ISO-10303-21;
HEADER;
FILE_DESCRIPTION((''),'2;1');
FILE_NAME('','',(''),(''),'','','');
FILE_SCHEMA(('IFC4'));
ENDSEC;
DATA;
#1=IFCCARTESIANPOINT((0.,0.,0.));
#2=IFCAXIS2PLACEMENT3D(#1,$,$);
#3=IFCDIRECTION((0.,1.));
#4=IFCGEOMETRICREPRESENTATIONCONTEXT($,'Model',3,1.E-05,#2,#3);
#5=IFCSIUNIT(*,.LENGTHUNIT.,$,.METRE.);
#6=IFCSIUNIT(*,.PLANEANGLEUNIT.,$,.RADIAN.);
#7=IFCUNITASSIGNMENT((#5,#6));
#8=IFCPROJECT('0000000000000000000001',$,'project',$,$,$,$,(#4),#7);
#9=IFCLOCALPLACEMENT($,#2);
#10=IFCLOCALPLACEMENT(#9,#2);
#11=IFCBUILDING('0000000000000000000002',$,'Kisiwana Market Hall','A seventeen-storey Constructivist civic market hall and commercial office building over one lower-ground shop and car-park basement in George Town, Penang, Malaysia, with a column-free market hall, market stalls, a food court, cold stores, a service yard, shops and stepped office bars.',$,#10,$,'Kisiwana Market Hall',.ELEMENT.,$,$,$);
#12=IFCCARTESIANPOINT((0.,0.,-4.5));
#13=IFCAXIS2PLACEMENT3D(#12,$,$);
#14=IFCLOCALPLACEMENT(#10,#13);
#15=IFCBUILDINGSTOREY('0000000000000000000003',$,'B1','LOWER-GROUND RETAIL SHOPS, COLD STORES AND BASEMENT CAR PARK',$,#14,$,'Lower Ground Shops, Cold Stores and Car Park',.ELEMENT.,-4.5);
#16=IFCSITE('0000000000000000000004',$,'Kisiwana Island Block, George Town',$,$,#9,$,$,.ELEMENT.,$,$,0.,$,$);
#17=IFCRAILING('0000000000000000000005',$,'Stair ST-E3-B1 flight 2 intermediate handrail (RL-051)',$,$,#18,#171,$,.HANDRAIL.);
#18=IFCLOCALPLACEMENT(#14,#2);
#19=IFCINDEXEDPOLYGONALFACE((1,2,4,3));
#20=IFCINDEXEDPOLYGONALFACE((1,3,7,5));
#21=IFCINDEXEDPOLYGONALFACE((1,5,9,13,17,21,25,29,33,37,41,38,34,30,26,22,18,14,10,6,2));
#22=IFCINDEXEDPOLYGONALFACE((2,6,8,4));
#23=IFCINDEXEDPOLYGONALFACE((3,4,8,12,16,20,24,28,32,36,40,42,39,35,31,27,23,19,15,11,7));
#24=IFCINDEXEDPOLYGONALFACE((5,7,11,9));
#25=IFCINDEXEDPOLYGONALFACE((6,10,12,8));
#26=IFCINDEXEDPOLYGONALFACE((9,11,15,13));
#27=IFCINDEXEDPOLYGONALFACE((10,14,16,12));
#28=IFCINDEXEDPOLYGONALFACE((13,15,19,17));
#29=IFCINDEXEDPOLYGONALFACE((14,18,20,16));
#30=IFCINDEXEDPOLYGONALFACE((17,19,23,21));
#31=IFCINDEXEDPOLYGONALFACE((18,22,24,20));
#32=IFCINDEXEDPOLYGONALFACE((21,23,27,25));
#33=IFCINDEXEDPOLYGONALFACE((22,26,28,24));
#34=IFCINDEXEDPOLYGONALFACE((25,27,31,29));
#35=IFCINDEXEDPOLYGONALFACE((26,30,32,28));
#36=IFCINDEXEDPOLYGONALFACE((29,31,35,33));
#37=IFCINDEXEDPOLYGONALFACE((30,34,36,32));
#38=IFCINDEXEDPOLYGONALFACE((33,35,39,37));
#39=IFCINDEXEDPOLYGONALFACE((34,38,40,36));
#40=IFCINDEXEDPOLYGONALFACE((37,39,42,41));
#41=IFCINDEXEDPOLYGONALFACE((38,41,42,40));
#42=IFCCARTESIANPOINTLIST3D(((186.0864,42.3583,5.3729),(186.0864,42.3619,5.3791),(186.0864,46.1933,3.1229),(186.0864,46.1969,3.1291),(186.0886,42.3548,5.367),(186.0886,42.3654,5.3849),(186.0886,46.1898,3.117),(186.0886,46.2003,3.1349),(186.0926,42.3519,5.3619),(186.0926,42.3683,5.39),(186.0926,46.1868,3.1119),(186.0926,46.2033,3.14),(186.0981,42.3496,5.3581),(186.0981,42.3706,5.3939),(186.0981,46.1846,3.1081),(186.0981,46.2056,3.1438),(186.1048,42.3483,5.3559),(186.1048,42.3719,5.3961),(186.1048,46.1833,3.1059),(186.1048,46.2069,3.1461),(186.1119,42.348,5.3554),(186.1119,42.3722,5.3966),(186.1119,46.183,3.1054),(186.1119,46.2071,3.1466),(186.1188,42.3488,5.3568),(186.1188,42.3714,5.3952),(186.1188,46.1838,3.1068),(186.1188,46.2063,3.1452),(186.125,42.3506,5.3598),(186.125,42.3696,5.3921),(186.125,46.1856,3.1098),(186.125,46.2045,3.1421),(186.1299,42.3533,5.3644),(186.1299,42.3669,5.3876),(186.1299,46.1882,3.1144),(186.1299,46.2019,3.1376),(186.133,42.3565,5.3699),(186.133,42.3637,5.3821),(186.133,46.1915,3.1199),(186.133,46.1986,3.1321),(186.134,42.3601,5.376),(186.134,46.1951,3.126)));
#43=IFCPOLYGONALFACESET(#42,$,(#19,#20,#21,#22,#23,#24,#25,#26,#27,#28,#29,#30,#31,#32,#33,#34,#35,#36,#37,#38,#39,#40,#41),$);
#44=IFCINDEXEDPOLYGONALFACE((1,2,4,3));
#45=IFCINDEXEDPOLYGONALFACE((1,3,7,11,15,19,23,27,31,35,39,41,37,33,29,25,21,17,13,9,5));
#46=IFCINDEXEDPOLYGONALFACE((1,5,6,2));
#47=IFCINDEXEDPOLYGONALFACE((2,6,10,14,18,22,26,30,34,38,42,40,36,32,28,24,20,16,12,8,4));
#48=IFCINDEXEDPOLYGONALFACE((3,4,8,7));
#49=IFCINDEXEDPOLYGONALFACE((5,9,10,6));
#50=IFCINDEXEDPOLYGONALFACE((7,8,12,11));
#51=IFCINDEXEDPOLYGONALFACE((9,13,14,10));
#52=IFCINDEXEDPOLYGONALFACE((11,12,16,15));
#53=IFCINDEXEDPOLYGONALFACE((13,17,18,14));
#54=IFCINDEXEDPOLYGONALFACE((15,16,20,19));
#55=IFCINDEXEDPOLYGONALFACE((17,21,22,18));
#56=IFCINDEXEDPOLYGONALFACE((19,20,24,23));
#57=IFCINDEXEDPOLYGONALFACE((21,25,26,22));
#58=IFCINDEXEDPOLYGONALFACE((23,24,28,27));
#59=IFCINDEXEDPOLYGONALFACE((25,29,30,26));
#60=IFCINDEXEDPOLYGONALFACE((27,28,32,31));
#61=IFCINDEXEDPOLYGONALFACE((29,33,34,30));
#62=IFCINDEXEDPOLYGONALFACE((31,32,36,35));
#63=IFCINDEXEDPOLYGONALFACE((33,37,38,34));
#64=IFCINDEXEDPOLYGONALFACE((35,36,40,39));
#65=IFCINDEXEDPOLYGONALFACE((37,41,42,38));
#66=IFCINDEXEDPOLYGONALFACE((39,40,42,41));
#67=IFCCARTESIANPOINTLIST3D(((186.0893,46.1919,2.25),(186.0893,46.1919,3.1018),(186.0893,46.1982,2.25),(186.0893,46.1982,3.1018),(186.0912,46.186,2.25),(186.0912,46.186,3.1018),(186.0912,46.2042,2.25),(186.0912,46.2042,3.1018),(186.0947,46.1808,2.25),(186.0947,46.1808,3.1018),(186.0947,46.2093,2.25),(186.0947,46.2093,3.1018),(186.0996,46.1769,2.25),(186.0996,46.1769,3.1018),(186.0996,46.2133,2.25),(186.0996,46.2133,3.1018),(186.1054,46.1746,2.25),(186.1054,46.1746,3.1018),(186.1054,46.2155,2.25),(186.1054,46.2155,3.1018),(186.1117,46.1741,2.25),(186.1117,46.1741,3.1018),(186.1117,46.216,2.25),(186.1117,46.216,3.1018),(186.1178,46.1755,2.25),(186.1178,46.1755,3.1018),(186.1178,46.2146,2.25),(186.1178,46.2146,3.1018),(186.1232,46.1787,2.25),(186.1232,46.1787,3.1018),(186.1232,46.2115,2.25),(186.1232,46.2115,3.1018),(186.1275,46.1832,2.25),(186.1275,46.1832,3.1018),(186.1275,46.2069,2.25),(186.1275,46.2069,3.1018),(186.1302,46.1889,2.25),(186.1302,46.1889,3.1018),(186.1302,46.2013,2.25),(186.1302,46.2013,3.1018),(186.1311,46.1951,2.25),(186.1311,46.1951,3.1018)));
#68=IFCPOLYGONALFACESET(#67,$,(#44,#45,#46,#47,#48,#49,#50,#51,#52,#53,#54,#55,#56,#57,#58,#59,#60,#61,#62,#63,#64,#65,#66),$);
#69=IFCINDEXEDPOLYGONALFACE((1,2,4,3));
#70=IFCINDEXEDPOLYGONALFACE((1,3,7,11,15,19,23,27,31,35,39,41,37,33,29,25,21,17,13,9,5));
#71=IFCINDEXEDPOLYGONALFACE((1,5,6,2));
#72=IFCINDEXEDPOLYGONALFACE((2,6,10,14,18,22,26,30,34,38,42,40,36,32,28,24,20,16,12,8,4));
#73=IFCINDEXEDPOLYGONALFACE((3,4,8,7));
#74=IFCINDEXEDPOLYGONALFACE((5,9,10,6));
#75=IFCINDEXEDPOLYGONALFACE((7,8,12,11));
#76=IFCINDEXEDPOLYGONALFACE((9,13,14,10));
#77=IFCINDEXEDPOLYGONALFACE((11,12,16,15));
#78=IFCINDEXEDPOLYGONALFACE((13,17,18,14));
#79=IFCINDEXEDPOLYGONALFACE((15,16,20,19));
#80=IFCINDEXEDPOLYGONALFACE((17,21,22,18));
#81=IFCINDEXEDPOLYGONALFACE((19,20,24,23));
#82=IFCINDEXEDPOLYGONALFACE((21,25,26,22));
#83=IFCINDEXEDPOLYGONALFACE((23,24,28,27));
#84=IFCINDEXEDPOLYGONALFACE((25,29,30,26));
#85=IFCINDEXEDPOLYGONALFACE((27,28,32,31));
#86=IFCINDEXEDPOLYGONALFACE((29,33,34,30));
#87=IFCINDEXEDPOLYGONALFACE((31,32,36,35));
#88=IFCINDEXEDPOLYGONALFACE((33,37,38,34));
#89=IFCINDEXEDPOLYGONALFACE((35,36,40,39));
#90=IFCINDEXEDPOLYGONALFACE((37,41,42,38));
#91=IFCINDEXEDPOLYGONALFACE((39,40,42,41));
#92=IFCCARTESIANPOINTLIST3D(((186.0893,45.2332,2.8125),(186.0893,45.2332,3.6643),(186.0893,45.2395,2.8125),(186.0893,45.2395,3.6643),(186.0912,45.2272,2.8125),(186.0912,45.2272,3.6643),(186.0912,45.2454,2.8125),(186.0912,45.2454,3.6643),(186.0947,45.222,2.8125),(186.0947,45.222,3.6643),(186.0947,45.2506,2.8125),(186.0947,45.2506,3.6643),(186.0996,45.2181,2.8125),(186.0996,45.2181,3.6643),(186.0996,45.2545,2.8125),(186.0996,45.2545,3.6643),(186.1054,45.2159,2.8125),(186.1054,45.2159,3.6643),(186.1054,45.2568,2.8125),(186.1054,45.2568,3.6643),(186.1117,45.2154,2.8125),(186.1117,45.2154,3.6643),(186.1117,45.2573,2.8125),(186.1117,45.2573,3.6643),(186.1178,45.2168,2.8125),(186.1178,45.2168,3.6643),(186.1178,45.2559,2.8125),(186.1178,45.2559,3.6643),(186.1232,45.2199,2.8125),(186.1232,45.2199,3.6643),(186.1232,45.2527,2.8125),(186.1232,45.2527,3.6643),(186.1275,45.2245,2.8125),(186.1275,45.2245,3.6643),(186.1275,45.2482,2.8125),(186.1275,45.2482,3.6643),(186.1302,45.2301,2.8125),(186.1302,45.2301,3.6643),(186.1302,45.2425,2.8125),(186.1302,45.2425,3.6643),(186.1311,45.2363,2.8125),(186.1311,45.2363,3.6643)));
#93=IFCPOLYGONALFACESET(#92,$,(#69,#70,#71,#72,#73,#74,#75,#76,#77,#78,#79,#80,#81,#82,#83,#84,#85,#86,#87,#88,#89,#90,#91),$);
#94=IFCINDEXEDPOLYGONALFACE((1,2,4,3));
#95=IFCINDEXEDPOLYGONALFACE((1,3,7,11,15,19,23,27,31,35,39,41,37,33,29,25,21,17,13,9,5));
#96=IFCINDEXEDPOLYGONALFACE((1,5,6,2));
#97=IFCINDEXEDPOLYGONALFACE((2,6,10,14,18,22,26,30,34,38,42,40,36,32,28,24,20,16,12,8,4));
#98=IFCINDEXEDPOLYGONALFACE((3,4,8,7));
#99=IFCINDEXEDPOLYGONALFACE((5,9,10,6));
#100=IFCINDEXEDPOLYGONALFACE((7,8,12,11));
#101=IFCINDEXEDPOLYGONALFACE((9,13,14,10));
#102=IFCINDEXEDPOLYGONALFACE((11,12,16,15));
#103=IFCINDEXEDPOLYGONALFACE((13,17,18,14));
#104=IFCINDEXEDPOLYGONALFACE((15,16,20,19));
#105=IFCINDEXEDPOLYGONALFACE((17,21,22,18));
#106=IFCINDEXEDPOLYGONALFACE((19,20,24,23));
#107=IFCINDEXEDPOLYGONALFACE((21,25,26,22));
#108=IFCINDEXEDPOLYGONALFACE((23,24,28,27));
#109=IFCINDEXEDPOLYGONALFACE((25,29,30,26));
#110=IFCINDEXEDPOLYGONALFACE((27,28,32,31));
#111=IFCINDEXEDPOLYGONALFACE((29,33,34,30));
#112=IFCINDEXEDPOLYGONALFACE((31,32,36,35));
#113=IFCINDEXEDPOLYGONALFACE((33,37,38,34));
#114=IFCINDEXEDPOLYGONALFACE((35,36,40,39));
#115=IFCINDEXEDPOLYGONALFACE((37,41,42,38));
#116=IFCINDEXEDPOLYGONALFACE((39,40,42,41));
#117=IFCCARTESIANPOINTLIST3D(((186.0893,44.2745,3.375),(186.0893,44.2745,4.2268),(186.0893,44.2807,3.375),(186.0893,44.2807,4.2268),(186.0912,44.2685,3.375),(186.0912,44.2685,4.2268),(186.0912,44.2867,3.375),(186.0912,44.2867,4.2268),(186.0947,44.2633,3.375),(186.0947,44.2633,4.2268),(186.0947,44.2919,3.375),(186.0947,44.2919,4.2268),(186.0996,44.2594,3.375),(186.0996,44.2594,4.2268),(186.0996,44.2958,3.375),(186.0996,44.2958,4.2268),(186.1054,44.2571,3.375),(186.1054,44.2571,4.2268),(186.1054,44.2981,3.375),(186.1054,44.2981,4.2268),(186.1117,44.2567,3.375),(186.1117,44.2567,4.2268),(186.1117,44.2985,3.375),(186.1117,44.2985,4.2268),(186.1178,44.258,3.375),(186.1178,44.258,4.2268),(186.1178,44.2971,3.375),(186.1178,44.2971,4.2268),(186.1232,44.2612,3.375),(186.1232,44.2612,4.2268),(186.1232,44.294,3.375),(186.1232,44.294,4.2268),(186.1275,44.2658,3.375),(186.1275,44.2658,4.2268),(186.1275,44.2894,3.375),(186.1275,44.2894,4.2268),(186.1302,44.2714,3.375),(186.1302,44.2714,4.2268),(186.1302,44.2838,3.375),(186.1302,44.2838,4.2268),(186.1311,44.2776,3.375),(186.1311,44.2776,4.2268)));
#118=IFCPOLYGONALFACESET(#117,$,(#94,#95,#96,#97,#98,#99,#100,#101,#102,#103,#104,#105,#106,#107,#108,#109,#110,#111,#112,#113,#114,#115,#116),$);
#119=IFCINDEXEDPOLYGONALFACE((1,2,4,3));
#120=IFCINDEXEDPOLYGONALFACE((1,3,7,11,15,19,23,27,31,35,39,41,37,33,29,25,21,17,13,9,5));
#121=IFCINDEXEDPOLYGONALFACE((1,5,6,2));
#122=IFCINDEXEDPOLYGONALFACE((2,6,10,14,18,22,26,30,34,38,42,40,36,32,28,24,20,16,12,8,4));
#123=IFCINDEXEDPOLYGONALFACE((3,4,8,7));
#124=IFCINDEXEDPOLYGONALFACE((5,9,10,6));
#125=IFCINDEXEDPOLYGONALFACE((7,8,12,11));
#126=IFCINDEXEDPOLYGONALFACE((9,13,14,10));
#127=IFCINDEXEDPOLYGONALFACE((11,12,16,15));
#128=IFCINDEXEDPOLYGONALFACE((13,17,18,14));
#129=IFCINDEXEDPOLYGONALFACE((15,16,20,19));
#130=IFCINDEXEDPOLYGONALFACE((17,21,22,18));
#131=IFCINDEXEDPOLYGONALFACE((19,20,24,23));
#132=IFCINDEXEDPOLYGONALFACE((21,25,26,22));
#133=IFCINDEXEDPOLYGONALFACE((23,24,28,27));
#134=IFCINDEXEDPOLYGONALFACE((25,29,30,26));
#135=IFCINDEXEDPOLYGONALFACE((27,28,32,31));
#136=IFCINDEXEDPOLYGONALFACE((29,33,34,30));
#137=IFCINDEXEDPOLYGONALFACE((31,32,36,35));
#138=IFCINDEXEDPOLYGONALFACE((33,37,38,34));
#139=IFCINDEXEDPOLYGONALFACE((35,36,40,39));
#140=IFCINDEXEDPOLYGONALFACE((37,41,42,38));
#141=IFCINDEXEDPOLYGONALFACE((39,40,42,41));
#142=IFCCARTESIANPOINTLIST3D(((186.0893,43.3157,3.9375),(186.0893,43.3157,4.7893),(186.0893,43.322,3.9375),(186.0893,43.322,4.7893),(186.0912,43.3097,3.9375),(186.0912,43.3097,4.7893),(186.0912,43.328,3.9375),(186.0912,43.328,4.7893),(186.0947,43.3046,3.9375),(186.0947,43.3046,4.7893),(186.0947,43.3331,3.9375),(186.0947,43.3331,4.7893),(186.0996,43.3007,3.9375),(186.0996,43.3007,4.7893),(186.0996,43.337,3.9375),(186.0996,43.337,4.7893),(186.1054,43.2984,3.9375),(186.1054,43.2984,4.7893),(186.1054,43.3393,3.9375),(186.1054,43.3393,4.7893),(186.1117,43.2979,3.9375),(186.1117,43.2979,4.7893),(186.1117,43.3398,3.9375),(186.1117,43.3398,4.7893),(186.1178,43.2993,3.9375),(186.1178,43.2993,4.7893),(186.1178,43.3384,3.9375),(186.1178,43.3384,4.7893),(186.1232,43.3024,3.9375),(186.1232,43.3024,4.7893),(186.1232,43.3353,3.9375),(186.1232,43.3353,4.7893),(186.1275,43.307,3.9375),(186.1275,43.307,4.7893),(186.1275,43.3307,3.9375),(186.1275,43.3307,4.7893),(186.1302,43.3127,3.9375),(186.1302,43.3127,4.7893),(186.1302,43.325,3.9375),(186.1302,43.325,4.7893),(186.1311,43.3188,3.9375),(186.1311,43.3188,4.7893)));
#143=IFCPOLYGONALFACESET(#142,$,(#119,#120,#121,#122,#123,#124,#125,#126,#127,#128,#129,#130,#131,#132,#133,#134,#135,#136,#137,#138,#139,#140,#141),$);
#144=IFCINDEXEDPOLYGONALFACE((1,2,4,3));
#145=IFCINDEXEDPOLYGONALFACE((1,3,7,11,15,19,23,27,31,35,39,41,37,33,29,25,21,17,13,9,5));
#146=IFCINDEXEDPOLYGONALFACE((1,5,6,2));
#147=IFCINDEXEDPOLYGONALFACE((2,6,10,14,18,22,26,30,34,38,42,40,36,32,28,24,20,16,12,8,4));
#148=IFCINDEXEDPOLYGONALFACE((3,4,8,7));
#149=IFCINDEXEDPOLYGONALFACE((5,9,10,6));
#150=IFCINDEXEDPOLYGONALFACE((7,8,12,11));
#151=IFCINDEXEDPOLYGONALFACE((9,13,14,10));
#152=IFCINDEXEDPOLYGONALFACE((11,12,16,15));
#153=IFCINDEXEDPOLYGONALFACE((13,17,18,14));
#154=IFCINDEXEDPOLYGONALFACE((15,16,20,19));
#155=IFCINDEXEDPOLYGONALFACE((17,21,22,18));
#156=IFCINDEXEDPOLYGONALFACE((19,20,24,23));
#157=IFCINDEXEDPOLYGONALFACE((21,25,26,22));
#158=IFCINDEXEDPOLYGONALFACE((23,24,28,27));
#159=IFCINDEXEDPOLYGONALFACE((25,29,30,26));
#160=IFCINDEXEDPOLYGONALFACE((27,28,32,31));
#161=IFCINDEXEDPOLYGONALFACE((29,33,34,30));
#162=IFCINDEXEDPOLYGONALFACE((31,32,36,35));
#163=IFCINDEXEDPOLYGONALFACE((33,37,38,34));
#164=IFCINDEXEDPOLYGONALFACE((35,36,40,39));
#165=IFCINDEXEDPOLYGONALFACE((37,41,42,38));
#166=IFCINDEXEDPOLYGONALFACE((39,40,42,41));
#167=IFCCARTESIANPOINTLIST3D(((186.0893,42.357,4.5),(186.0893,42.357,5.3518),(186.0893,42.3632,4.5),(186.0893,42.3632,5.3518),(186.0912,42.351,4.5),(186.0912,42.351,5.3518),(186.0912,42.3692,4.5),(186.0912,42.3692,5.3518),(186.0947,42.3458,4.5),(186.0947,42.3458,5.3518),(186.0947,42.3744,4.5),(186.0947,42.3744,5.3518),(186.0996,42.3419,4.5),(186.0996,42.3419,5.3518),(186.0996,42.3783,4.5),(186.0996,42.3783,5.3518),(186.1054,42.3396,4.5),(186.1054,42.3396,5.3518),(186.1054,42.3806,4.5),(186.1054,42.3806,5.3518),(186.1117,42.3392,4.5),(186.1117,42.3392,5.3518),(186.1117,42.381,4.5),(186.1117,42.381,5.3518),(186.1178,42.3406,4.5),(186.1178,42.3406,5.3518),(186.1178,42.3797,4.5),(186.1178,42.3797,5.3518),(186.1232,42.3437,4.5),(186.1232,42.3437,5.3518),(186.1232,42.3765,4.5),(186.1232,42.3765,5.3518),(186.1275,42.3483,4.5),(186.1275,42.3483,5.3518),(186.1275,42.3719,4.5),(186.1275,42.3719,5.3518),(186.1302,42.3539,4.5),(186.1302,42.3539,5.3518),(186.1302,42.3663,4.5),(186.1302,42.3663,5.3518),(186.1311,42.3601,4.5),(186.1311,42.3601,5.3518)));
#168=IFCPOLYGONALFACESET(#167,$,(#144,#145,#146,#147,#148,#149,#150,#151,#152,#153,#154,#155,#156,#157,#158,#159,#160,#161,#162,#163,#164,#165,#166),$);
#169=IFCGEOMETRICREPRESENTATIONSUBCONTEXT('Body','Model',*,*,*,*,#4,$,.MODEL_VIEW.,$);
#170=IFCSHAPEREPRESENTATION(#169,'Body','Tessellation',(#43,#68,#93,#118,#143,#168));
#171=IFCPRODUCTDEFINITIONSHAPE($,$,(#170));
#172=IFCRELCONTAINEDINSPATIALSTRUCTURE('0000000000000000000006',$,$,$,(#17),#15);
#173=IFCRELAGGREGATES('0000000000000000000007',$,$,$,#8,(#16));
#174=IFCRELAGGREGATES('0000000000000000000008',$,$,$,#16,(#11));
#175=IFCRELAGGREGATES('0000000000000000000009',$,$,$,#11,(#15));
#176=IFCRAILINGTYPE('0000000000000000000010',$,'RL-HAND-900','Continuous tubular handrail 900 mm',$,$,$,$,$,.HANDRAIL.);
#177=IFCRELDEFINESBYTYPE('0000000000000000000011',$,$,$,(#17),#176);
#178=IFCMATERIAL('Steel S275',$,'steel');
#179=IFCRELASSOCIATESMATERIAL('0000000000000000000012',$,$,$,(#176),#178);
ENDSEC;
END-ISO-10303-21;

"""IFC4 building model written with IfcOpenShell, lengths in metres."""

from ifc_helpers import new_model, si_unit, direction, frame, origin, origin_2d, place, context, subcontext, project, spatial, circle, extrude, material, type_object, element, save


model = new_model("IFC4")

# Units and contexts
model_context = context("Model", 3, precision=1e-05, world=origin(), true_north=direction((0.0, 1.0)))
body_context = subcontext(model_context, "Body", "Model", "MODEL_VIEW")
ifc_project = project(units=[si_unit("LENGTHUNIT", "METRE"), si_unit("PLANEANGLEUNIT", "RADIAN")], contexts=[model_context])

# Site, building, storey
site_placement = place(None, origin())
site = spatial("IfcSite", under=ifc_project, at=site_placement, Name="Kisiwana Island Block, George Town", CompositionType="ELEMENT", RefElevation=0.0)
building_placement = place(site_placement, origin())
building = spatial("IfcBuilding", under=site, at=building_placement, Name="Kisiwana Market Hall", Description="A seventeen-storey Constructivist civic market hall and commercial office building over one lower-ground shop and car-park basement in George Town, Penang, Malaysia, with a column-free market hall, market stalls, a food court, cold stores, a service yard, shops and stepped office bars.", LongName="Kisiwana Market Hall", CompositionType="ELEMENT")
storey_placement = place(building_placement, frame((0.0, 0.0, -4.5)))
storey = spatial("IfcBuildingStorey", under=building, at=storey_placement, Name="B1", Description="LOWER-GROUND RETAIL SHOPS, COLD STORES AND BASEMENT CAR PARK", LongName="Lower Ground Shops, Cold Stores and Car Park", CompositionType="ELEMENT", Elevation=-4.5)

# Railing
ifc_material_1 = material(Name="Steel S275", Category="steel")
railing_type = type_object("IfcRailingType", Name="RL-HAND-900", Description="Continuous tubular handrail 900 mm", PredefinedType="HANDRAIL", material=ifc_material_1)
for number, where, name in (
    (1, (186.1101, 46.1951, 2.25), "Stair ST-E3-B1 flight 2 intermediate handrail (RL-051)"),
):
    element("IfcRailing", number, at=place(storey_placement, frame(where)), inside=storey, type_object=railing_type, Name=name, PredefinedType="HANDRAIL", context=body_context, shape_type="SweptSolid", body=[
        extrude(circle(Radius=0.0239, at=origin_2d()), frame((0.0, 0.0, 0.876), z_axis=(0.0, -0.86251, 0.506041), x_axis=(1.0, 0.0, 0.0)), (0.0, 0.0, 1.0), 4.4463),
        extrude(circle(Radius=0.021, at=origin_2d()), origin(), (0.0, 0.0, 1.0), 0.8518),
        extrude(circle(Radius=0.021, at=origin_2d()), frame((0.0, -0.9587, 0.5625)), (0.0, 0.0, 1.0), 0.8518),
        extrude(circle(Radius=0.021, at=origin_2d()), frame((0.0, -1.9175, 1.125)), (0.0, 0.0, 1.0), 0.8518),
        extrude(circle(Radius=0.021, at=origin_2d()), frame((0.0, -2.8762, 1.6875)), (0.0, 0.0, 1.0), 0.8518),
        extrude(circle(Radius=0.021, at=origin_2d()), frame((0.0, -3.835, 2.25)), (0.0, 0.0, 1.0), 0.8518),
    ])

save(model, "model.ifc")
